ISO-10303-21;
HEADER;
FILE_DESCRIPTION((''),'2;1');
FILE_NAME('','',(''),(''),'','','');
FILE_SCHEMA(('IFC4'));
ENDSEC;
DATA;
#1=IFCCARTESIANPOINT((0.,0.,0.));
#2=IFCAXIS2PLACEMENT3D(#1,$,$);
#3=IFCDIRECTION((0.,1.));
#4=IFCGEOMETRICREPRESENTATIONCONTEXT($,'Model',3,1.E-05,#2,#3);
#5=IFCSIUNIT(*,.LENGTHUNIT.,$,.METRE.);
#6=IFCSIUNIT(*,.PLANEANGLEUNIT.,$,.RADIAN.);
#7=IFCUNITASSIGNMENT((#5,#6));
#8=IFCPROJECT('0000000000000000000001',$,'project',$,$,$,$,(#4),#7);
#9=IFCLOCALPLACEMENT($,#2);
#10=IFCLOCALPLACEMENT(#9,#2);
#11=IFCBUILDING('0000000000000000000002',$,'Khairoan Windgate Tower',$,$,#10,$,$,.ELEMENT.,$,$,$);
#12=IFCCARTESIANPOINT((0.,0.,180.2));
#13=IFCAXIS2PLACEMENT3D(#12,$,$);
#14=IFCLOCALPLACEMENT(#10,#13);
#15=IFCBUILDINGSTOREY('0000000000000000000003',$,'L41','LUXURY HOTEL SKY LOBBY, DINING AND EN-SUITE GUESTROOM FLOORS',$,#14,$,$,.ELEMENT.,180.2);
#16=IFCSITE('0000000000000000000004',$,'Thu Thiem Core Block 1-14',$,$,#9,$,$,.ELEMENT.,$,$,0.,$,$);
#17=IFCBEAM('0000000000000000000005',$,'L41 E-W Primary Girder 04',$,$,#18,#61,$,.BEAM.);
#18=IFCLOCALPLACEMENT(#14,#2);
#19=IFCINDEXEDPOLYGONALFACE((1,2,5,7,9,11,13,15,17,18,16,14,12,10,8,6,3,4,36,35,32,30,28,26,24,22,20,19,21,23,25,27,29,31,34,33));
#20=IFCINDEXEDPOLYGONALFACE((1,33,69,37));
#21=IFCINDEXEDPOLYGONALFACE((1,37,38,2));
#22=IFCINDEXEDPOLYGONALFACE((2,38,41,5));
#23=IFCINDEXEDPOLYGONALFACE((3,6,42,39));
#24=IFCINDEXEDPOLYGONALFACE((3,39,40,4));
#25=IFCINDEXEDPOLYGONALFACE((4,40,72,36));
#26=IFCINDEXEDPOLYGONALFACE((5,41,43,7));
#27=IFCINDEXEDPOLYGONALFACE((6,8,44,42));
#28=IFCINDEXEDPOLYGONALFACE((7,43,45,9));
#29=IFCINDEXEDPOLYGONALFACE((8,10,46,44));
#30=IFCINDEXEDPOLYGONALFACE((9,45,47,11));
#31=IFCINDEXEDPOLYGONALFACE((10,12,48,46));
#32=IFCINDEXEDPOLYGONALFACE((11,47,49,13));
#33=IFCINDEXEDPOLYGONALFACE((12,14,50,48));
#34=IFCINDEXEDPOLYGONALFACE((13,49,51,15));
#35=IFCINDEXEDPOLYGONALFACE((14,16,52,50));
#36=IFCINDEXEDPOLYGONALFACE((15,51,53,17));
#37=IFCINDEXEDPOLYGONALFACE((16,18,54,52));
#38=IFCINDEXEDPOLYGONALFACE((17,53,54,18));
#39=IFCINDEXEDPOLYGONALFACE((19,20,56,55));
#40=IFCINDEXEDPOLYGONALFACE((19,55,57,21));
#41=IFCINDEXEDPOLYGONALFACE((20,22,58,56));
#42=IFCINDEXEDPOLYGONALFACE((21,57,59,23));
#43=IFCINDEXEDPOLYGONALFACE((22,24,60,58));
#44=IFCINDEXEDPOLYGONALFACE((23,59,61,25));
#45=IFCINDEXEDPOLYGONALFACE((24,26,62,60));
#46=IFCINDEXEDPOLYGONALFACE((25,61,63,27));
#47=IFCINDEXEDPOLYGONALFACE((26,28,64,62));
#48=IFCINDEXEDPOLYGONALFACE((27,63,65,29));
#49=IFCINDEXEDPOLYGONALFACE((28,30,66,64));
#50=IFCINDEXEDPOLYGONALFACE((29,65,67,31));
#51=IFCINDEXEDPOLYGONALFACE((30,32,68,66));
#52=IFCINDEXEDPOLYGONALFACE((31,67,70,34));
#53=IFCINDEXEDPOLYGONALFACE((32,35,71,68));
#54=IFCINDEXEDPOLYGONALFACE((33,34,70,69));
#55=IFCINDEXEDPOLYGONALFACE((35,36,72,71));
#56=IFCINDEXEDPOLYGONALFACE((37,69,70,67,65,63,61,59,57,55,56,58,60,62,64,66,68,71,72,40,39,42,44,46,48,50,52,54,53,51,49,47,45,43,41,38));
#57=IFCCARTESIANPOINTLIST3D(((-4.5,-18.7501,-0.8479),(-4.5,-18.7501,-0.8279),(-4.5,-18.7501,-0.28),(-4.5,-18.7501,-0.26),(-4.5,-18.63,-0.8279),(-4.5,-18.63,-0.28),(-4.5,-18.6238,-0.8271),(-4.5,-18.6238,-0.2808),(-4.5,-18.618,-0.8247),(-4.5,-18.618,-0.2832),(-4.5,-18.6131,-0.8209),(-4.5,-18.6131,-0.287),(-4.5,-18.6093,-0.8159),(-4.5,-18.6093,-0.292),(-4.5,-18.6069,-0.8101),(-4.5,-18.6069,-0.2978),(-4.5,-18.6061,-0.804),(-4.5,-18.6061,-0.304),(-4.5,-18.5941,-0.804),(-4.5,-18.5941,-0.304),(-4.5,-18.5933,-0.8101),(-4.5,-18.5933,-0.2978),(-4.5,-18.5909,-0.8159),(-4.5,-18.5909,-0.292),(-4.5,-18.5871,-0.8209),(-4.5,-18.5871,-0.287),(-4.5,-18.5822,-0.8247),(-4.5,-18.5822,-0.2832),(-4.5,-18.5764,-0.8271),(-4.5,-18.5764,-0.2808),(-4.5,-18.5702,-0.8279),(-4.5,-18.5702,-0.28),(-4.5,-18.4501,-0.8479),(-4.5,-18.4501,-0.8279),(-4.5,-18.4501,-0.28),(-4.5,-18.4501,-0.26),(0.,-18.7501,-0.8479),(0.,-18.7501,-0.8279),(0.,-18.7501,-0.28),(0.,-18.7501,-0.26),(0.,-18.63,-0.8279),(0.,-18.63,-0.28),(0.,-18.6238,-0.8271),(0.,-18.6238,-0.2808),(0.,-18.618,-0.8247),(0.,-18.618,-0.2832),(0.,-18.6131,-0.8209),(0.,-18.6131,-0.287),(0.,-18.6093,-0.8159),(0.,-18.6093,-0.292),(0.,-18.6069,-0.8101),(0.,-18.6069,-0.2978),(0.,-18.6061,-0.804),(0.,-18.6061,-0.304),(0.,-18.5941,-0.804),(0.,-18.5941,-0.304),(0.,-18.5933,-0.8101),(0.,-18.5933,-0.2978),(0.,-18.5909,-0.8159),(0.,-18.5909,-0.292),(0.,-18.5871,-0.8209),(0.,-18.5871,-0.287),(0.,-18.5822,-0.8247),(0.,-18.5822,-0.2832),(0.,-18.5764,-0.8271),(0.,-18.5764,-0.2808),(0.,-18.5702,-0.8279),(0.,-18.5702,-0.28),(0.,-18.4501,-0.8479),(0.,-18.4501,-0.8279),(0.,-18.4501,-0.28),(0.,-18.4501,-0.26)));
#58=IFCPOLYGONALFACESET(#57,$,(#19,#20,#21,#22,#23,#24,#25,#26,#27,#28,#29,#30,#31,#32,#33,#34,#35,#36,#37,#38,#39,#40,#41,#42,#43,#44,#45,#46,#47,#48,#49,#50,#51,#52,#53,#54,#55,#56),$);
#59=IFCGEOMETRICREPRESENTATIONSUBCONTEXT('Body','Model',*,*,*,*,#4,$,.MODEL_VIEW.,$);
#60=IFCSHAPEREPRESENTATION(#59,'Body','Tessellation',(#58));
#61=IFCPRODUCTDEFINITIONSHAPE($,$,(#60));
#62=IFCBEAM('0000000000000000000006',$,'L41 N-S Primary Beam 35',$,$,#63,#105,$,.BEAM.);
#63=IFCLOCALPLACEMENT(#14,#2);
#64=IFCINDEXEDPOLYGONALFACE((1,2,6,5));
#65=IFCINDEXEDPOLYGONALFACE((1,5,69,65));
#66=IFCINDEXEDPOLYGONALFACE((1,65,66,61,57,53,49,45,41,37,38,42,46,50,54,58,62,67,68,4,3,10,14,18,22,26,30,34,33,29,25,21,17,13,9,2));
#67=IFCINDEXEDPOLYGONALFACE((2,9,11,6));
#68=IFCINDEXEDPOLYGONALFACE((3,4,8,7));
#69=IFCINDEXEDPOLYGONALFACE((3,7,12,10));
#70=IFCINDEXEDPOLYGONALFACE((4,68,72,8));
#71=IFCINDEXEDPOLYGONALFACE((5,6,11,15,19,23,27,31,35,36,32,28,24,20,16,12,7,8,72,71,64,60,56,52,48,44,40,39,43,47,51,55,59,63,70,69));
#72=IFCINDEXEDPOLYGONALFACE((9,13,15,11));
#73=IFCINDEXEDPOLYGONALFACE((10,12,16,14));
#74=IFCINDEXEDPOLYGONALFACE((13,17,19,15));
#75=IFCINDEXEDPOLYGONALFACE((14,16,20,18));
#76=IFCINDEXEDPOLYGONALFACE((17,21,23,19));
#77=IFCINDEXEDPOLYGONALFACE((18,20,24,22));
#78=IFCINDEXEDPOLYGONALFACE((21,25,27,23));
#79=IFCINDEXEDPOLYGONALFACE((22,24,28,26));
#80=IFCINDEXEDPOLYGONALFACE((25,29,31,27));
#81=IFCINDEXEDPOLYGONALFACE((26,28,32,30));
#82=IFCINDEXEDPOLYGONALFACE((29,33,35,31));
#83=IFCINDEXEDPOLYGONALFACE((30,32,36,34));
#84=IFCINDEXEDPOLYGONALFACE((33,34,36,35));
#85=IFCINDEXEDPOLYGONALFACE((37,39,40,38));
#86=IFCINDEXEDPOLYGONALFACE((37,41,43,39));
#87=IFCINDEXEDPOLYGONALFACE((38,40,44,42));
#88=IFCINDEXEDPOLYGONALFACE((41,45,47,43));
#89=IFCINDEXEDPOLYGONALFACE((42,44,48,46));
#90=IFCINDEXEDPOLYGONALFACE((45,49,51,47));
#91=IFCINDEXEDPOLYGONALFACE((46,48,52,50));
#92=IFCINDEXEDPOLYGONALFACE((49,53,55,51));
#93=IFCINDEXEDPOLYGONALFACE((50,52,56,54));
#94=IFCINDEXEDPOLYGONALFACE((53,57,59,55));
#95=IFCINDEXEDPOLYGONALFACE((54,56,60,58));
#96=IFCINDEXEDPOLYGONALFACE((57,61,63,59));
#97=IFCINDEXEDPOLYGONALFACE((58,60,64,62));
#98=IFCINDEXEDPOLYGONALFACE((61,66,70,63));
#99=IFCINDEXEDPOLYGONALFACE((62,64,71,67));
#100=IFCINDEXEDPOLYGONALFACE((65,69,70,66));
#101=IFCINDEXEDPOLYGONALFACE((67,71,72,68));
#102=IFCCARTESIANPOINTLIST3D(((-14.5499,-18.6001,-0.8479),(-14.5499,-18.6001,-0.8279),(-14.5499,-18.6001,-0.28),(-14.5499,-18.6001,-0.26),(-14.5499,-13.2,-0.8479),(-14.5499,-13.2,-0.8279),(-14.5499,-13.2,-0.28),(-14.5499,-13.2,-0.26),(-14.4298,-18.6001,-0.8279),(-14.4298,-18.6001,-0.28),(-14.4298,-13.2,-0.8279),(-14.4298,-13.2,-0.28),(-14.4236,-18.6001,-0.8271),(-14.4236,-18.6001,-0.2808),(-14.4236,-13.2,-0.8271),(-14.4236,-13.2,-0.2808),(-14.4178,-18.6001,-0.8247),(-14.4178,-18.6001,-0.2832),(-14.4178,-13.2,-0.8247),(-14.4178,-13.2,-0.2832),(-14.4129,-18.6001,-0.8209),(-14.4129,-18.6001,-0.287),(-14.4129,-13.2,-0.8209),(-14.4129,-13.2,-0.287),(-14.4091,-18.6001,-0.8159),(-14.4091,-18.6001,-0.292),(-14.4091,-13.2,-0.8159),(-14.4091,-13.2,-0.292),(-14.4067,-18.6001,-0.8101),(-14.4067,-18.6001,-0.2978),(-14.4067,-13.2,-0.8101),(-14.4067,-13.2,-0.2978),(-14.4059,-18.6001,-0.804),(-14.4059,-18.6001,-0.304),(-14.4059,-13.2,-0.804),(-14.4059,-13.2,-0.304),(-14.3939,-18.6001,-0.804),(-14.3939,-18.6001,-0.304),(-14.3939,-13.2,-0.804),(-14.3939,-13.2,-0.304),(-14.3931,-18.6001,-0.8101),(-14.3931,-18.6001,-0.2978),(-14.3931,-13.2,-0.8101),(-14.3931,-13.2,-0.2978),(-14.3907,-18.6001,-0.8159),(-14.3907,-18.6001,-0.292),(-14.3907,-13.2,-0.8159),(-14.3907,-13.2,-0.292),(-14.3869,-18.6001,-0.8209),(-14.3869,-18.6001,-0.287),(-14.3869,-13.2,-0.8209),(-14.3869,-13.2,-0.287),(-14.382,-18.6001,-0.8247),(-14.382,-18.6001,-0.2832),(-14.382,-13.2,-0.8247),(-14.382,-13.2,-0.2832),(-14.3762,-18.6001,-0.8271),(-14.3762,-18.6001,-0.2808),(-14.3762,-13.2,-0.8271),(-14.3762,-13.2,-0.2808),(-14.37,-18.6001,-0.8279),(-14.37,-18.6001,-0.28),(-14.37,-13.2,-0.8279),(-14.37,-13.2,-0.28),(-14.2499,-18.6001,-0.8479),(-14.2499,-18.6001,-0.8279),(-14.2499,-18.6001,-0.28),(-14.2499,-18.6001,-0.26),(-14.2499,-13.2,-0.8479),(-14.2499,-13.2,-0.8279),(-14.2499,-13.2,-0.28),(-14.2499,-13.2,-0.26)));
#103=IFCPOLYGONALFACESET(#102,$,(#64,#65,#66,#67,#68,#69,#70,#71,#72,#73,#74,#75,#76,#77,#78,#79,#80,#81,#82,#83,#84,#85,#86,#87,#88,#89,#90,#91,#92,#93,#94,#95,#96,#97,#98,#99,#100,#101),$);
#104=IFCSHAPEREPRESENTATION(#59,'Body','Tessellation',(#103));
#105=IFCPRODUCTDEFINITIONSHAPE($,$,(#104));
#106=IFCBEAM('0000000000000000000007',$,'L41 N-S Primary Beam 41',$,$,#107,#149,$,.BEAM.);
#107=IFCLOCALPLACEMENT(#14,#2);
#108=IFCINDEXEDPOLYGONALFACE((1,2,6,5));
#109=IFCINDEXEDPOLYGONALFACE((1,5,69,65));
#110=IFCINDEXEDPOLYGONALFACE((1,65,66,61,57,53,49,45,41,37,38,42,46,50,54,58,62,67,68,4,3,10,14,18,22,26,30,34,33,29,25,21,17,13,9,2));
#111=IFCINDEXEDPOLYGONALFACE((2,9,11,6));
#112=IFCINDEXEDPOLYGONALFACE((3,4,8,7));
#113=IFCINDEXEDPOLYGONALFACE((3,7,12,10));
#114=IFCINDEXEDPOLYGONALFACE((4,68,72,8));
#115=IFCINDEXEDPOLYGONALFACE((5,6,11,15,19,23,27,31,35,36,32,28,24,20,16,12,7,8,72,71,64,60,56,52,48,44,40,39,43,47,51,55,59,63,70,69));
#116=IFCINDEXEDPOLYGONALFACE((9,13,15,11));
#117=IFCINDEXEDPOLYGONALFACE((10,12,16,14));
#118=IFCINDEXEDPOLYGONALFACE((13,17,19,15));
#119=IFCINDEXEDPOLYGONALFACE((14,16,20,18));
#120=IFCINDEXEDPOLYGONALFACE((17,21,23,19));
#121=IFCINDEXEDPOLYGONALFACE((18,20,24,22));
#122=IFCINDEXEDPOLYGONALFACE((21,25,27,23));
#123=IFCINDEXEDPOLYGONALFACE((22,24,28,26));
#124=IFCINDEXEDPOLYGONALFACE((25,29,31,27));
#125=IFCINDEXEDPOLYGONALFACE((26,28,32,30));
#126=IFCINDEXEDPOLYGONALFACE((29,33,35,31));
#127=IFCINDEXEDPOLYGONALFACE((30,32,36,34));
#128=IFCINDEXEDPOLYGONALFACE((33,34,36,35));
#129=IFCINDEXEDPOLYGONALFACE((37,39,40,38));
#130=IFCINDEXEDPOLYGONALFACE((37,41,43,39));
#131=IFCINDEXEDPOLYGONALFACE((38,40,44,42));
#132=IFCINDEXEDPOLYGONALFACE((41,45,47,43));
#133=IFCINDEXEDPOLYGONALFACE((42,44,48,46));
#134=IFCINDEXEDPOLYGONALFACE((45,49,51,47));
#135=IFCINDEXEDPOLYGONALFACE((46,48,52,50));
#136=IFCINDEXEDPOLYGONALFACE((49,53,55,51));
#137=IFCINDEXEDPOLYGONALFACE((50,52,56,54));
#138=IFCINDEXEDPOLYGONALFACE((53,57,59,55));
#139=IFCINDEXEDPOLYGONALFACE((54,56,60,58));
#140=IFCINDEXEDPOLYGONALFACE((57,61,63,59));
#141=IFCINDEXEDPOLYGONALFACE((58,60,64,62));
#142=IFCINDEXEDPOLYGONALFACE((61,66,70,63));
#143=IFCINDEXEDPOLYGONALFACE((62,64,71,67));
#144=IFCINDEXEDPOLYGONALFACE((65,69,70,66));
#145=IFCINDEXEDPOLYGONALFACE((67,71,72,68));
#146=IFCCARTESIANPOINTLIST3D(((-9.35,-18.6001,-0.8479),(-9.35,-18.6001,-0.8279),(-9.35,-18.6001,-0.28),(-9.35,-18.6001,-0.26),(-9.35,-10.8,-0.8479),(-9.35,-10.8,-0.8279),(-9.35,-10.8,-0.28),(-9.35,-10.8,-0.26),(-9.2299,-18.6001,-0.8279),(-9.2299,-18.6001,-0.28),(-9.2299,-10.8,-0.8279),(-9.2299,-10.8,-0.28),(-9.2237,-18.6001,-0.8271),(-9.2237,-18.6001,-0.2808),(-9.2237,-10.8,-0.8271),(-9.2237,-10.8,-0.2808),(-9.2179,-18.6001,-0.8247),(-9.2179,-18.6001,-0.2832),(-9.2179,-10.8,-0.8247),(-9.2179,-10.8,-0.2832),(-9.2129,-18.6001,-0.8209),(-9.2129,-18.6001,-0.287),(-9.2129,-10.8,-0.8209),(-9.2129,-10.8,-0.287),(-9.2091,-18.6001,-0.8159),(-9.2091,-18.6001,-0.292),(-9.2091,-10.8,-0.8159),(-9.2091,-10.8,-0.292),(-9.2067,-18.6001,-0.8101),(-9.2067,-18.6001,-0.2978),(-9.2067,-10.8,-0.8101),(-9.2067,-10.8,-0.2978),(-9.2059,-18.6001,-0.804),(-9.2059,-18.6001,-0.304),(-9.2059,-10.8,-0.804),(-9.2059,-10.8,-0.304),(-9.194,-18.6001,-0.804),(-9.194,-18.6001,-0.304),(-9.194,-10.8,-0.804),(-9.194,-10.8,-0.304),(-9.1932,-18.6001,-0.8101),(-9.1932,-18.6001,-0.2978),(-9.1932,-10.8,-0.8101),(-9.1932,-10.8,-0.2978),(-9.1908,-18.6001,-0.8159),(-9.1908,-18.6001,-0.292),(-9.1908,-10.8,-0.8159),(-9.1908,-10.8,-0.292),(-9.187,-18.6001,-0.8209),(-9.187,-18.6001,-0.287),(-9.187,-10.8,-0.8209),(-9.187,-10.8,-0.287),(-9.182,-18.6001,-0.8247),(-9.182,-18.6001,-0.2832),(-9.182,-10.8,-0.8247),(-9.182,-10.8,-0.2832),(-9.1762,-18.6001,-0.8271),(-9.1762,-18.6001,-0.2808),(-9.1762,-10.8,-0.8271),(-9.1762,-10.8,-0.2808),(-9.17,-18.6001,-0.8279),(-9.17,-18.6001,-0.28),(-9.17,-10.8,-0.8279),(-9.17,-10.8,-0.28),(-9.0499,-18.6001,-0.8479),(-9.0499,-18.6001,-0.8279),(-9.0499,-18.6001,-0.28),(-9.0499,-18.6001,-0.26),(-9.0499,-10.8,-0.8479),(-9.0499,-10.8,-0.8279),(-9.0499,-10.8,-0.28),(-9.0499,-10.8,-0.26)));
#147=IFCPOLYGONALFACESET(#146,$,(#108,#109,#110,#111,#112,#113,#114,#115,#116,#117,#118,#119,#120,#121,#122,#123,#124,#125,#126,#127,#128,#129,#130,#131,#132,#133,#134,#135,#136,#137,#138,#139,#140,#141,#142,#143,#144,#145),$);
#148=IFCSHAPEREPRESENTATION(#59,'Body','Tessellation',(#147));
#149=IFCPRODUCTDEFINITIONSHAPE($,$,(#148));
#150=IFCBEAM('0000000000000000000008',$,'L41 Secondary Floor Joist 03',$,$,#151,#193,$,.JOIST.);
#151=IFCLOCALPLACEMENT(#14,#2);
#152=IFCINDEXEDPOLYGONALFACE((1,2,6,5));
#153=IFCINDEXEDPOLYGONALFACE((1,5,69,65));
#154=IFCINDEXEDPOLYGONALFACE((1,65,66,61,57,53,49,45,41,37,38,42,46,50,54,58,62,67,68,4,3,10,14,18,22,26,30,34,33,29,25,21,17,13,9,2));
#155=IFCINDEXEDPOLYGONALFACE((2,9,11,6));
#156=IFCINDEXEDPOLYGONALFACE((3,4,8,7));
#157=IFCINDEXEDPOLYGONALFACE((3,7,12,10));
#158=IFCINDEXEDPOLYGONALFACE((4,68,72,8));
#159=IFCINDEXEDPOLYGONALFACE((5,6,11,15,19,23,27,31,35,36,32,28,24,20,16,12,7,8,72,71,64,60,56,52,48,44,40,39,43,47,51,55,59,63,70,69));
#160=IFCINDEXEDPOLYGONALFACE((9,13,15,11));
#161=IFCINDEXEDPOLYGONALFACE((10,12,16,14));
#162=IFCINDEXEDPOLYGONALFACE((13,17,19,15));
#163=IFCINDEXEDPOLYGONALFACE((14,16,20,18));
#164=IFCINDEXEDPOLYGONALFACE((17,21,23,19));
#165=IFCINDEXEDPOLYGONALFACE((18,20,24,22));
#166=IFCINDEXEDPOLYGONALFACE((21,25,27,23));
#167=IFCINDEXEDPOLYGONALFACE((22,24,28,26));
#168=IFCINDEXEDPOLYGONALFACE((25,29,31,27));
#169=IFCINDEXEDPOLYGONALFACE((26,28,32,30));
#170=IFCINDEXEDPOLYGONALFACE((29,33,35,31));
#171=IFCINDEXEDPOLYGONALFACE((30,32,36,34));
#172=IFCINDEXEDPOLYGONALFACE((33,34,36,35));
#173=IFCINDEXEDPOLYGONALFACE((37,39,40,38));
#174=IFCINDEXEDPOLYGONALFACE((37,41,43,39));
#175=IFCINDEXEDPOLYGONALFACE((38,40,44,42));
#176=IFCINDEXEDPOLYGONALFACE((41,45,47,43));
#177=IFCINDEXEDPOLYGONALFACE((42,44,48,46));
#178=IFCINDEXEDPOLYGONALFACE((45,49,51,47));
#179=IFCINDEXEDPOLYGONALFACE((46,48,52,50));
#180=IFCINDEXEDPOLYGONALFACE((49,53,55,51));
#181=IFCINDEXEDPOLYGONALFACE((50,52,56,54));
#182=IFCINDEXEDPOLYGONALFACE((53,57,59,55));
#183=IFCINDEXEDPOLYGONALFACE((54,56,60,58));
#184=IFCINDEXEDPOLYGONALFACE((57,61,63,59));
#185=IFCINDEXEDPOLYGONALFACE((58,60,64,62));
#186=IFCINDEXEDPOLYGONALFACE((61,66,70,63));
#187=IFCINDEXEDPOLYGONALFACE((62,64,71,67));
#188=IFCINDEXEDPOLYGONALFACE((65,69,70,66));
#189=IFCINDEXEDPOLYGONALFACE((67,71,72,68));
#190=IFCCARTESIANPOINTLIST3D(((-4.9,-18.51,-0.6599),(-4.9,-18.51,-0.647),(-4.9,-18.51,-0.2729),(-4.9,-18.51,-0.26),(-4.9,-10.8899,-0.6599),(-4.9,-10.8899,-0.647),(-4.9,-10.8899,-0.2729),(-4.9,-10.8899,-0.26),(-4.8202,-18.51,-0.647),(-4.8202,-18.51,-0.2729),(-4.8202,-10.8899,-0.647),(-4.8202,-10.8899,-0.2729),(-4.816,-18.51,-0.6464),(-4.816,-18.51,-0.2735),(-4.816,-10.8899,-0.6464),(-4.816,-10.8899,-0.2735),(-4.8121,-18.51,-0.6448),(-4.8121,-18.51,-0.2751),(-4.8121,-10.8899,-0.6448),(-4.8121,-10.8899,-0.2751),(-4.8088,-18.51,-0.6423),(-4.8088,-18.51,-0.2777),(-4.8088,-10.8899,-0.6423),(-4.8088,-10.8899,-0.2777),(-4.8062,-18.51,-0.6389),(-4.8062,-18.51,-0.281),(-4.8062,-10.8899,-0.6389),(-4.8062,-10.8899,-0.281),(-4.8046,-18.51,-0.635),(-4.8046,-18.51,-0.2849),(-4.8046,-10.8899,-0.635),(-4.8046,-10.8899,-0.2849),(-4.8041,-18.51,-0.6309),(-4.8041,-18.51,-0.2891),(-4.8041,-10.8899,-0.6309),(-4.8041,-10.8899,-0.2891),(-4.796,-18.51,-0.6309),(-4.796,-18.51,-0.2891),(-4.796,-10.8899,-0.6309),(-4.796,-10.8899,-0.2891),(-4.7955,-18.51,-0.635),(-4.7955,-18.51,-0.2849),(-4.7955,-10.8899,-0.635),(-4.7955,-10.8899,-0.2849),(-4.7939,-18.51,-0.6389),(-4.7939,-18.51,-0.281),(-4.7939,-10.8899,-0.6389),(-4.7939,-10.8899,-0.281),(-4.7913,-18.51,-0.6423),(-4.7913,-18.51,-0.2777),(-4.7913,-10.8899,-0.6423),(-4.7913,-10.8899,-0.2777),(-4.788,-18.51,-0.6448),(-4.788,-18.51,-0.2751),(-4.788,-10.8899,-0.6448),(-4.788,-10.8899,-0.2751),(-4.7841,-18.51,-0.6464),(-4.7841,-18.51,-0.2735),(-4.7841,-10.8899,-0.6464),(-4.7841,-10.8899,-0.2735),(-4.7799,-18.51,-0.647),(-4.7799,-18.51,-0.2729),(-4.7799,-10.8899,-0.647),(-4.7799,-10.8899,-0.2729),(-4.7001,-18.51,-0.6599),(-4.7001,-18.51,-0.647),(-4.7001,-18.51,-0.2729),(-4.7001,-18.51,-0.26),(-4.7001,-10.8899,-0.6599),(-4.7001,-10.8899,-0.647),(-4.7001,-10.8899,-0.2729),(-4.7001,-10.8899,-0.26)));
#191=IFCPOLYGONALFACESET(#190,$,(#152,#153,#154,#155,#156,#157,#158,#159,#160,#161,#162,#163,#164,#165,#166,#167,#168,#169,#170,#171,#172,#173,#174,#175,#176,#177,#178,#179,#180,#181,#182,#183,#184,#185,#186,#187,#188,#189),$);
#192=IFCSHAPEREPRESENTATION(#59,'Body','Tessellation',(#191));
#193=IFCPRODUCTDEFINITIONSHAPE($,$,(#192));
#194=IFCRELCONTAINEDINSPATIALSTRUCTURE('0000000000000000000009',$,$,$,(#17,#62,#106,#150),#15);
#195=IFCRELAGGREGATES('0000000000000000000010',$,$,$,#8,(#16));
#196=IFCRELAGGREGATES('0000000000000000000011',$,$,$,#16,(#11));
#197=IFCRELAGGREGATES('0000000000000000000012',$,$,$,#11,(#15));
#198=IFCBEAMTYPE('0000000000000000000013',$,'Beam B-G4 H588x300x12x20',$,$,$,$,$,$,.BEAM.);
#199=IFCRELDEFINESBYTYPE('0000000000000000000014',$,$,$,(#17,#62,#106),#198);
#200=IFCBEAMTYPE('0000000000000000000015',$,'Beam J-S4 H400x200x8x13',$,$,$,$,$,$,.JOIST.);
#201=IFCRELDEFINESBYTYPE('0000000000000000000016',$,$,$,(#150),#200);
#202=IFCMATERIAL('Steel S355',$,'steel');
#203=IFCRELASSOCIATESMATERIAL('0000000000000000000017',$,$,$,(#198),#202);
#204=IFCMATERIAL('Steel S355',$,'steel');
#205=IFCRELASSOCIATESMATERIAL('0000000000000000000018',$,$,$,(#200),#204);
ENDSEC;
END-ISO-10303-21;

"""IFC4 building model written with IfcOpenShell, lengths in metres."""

from ifc_helpers import new_model, si_unit, direction, frame, origin, origin_2d, place, context, subcontext, project, spatial, i_section, extrude, material, material_profile, profile_set, type_object, element, save


model = new_model("IFC4")

# Units and contexts
model_context = context("Model", 3, precision=1e-05, world=origin(), true_north=direction((0.0, 1.0)))
body_context = subcontext(model_context, "Body", "Model", "MODEL_VIEW")
ifc_project = project(units=[si_unit("LENGTHUNIT", "METRE"), si_unit("PLANEANGLEUNIT", "RADIAN")], contexts=[model_context])

# Site, building, storey
site_placement = place(None, origin())
site = spatial("IfcSite", under=ifc_project, at=site_placement, Name="Thu Thiem Core Block 1-14", CompositionType="ELEMENT", RefElevation=0.0)
building_placement = place(site_placement, origin())
building = spatial("IfcBuilding", under=site, at=building_placement, Name="Khairoan Windgate Tower", CompositionType="ELEMENT")
storey_placement = place(building_placement, frame((0.0, 0.0, 180.2)))
storey = spatial("IfcBuildingStorey", under=building, at=storey_placement, Name="L41", Description="LUXURY HOTEL SKY LOBBY, DINING AND EN-SUITE GUESTROOM FLOORS", CompositionType="ELEMENT", Elevation=180.2)

# Beams
ifc_material_1 = material(Name="Steel S355", Category="steel")
ifc_material_profile_1 = material_profile(ifc_material_1, i_section(OverallWidth=0.3, OverallDepth=0.5879, WebThickness=0.012, FlangeThickness=0.02, FilletRadius=0.0239, at=origin_2d()))
ifc_profile_set_1 = profile_set([ifc_material_profile_1], Name="Steel S355")
beam_type_1 = type_object("IfcBeamType", Name="Beam B-G4 H588x300x12x20", PredefinedType="BEAM", material=ifc_profile_set_1)
beam_1_placement = place(storey_placement, frame((-4.5, -18.6001, -0.554), z_axis=(1.0, 0.0, 0.0), x_axis=(0.0, 1.0, 0.0)))
element("IfcBeam", 1, at=beam_1_placement, inside=storey, type_object=beam_type_1, Name="L41 E-W Primary Girder 04", PredefinedType="BEAM", context=body_context, shape_type="SweptSolid", body=[
    extrude(i_section(OverallWidth=0.3, OverallDepth=0.5879, WebThickness=0.012, FlangeThickness=0.02, FilletRadius=0.0239, at=origin_2d()), origin(), (0.0, 0.0, 1.0), 4.5),
])
beam_2_placement = place(storey_placement, frame((-14.3999, -18.6001, -0.554), z_axis=(0.0, 1.0, 0.0), x_axis=(-1.0, 0.0, 0.0)))
element("IfcBeam", 2, at=beam_2_placement, inside=storey, type_object=beam_type_1, Name="L41 N-S Primary Beam 35", PredefinedType="BEAM", context=body_context, shape_type="SweptSolid", body=[
    extrude(i_section(OverallWidth=0.3, OverallDepth=0.5879, WebThickness=0.012, FlangeThickness=0.02, FilletRadius=0.0239, at=origin_2d()), origin(), (0.0, 0.0, 1.0), 5.4001),
])
beam_3_placement = place(storey_placement, frame((-9.2, -18.6001, -0.554), z_axis=(0.0, 1.0, 0.0), x_axis=(-1.0, 0.0, 0.0)))
element("IfcBeam", 3, at=beam_3_placement, inside=storey, type_object=beam_type_1, Name="L41 N-S Primary Beam 41", PredefinedType="BEAM", context=body_context, shape_type="SweptSolid", body=[
    extrude(i_section(OverallWidth=0.3, OverallDepth=0.5879, WebThickness=0.012, FlangeThickness=0.02, FilletRadius=0.0239, at=origin_2d()), origin(), (0.0, 0.0, 1.0), 7.8),
])
ifc_material_2 = material(Name="Steel S355", Category="steel")
ifc_material_profile_2 = material_profile(ifc_material_2, i_section(OverallWidth=0.2, OverallDepth=0.3999, WebThickness=0.0081, FlangeThickness=0.0129, FilletRadius=0.0161, at=origin_2d()))
ifc_profile_set_2 = profile_set([ifc_material_profile_2], Name="Steel S355")
beam_type_2 = type_object("IfcBeamType", Name="Beam J-S4 H400x200x8x13", PredefinedType="JOIST", material=ifc_profile_set_2)
beam_4_placement = place(storey_placement, frame((-4.8, -18.51, -0.46), z_axis=(0.0, 1.0, 0.0), x_axis=(-1.0, 0.0, 0.0)))
element("IfcBeam", 4, at=beam_4_placement, inside=storey, type_object=beam_type_2, Name="L41 Secondary Floor Joist 03", PredefinedType="JOIST", context=body_context, shape_type="SweptSolid", body=[
    extrude(i_section(OverallWidth=0.2, OverallDepth=0.3999, WebThickness=0.0081, FlangeThickness=0.0129, FilletRadius=0.0161, at=origin_2d()), origin(), (0.0, 0.0, 1.0), 7.6201),
])

save(model, "model.ifc")
